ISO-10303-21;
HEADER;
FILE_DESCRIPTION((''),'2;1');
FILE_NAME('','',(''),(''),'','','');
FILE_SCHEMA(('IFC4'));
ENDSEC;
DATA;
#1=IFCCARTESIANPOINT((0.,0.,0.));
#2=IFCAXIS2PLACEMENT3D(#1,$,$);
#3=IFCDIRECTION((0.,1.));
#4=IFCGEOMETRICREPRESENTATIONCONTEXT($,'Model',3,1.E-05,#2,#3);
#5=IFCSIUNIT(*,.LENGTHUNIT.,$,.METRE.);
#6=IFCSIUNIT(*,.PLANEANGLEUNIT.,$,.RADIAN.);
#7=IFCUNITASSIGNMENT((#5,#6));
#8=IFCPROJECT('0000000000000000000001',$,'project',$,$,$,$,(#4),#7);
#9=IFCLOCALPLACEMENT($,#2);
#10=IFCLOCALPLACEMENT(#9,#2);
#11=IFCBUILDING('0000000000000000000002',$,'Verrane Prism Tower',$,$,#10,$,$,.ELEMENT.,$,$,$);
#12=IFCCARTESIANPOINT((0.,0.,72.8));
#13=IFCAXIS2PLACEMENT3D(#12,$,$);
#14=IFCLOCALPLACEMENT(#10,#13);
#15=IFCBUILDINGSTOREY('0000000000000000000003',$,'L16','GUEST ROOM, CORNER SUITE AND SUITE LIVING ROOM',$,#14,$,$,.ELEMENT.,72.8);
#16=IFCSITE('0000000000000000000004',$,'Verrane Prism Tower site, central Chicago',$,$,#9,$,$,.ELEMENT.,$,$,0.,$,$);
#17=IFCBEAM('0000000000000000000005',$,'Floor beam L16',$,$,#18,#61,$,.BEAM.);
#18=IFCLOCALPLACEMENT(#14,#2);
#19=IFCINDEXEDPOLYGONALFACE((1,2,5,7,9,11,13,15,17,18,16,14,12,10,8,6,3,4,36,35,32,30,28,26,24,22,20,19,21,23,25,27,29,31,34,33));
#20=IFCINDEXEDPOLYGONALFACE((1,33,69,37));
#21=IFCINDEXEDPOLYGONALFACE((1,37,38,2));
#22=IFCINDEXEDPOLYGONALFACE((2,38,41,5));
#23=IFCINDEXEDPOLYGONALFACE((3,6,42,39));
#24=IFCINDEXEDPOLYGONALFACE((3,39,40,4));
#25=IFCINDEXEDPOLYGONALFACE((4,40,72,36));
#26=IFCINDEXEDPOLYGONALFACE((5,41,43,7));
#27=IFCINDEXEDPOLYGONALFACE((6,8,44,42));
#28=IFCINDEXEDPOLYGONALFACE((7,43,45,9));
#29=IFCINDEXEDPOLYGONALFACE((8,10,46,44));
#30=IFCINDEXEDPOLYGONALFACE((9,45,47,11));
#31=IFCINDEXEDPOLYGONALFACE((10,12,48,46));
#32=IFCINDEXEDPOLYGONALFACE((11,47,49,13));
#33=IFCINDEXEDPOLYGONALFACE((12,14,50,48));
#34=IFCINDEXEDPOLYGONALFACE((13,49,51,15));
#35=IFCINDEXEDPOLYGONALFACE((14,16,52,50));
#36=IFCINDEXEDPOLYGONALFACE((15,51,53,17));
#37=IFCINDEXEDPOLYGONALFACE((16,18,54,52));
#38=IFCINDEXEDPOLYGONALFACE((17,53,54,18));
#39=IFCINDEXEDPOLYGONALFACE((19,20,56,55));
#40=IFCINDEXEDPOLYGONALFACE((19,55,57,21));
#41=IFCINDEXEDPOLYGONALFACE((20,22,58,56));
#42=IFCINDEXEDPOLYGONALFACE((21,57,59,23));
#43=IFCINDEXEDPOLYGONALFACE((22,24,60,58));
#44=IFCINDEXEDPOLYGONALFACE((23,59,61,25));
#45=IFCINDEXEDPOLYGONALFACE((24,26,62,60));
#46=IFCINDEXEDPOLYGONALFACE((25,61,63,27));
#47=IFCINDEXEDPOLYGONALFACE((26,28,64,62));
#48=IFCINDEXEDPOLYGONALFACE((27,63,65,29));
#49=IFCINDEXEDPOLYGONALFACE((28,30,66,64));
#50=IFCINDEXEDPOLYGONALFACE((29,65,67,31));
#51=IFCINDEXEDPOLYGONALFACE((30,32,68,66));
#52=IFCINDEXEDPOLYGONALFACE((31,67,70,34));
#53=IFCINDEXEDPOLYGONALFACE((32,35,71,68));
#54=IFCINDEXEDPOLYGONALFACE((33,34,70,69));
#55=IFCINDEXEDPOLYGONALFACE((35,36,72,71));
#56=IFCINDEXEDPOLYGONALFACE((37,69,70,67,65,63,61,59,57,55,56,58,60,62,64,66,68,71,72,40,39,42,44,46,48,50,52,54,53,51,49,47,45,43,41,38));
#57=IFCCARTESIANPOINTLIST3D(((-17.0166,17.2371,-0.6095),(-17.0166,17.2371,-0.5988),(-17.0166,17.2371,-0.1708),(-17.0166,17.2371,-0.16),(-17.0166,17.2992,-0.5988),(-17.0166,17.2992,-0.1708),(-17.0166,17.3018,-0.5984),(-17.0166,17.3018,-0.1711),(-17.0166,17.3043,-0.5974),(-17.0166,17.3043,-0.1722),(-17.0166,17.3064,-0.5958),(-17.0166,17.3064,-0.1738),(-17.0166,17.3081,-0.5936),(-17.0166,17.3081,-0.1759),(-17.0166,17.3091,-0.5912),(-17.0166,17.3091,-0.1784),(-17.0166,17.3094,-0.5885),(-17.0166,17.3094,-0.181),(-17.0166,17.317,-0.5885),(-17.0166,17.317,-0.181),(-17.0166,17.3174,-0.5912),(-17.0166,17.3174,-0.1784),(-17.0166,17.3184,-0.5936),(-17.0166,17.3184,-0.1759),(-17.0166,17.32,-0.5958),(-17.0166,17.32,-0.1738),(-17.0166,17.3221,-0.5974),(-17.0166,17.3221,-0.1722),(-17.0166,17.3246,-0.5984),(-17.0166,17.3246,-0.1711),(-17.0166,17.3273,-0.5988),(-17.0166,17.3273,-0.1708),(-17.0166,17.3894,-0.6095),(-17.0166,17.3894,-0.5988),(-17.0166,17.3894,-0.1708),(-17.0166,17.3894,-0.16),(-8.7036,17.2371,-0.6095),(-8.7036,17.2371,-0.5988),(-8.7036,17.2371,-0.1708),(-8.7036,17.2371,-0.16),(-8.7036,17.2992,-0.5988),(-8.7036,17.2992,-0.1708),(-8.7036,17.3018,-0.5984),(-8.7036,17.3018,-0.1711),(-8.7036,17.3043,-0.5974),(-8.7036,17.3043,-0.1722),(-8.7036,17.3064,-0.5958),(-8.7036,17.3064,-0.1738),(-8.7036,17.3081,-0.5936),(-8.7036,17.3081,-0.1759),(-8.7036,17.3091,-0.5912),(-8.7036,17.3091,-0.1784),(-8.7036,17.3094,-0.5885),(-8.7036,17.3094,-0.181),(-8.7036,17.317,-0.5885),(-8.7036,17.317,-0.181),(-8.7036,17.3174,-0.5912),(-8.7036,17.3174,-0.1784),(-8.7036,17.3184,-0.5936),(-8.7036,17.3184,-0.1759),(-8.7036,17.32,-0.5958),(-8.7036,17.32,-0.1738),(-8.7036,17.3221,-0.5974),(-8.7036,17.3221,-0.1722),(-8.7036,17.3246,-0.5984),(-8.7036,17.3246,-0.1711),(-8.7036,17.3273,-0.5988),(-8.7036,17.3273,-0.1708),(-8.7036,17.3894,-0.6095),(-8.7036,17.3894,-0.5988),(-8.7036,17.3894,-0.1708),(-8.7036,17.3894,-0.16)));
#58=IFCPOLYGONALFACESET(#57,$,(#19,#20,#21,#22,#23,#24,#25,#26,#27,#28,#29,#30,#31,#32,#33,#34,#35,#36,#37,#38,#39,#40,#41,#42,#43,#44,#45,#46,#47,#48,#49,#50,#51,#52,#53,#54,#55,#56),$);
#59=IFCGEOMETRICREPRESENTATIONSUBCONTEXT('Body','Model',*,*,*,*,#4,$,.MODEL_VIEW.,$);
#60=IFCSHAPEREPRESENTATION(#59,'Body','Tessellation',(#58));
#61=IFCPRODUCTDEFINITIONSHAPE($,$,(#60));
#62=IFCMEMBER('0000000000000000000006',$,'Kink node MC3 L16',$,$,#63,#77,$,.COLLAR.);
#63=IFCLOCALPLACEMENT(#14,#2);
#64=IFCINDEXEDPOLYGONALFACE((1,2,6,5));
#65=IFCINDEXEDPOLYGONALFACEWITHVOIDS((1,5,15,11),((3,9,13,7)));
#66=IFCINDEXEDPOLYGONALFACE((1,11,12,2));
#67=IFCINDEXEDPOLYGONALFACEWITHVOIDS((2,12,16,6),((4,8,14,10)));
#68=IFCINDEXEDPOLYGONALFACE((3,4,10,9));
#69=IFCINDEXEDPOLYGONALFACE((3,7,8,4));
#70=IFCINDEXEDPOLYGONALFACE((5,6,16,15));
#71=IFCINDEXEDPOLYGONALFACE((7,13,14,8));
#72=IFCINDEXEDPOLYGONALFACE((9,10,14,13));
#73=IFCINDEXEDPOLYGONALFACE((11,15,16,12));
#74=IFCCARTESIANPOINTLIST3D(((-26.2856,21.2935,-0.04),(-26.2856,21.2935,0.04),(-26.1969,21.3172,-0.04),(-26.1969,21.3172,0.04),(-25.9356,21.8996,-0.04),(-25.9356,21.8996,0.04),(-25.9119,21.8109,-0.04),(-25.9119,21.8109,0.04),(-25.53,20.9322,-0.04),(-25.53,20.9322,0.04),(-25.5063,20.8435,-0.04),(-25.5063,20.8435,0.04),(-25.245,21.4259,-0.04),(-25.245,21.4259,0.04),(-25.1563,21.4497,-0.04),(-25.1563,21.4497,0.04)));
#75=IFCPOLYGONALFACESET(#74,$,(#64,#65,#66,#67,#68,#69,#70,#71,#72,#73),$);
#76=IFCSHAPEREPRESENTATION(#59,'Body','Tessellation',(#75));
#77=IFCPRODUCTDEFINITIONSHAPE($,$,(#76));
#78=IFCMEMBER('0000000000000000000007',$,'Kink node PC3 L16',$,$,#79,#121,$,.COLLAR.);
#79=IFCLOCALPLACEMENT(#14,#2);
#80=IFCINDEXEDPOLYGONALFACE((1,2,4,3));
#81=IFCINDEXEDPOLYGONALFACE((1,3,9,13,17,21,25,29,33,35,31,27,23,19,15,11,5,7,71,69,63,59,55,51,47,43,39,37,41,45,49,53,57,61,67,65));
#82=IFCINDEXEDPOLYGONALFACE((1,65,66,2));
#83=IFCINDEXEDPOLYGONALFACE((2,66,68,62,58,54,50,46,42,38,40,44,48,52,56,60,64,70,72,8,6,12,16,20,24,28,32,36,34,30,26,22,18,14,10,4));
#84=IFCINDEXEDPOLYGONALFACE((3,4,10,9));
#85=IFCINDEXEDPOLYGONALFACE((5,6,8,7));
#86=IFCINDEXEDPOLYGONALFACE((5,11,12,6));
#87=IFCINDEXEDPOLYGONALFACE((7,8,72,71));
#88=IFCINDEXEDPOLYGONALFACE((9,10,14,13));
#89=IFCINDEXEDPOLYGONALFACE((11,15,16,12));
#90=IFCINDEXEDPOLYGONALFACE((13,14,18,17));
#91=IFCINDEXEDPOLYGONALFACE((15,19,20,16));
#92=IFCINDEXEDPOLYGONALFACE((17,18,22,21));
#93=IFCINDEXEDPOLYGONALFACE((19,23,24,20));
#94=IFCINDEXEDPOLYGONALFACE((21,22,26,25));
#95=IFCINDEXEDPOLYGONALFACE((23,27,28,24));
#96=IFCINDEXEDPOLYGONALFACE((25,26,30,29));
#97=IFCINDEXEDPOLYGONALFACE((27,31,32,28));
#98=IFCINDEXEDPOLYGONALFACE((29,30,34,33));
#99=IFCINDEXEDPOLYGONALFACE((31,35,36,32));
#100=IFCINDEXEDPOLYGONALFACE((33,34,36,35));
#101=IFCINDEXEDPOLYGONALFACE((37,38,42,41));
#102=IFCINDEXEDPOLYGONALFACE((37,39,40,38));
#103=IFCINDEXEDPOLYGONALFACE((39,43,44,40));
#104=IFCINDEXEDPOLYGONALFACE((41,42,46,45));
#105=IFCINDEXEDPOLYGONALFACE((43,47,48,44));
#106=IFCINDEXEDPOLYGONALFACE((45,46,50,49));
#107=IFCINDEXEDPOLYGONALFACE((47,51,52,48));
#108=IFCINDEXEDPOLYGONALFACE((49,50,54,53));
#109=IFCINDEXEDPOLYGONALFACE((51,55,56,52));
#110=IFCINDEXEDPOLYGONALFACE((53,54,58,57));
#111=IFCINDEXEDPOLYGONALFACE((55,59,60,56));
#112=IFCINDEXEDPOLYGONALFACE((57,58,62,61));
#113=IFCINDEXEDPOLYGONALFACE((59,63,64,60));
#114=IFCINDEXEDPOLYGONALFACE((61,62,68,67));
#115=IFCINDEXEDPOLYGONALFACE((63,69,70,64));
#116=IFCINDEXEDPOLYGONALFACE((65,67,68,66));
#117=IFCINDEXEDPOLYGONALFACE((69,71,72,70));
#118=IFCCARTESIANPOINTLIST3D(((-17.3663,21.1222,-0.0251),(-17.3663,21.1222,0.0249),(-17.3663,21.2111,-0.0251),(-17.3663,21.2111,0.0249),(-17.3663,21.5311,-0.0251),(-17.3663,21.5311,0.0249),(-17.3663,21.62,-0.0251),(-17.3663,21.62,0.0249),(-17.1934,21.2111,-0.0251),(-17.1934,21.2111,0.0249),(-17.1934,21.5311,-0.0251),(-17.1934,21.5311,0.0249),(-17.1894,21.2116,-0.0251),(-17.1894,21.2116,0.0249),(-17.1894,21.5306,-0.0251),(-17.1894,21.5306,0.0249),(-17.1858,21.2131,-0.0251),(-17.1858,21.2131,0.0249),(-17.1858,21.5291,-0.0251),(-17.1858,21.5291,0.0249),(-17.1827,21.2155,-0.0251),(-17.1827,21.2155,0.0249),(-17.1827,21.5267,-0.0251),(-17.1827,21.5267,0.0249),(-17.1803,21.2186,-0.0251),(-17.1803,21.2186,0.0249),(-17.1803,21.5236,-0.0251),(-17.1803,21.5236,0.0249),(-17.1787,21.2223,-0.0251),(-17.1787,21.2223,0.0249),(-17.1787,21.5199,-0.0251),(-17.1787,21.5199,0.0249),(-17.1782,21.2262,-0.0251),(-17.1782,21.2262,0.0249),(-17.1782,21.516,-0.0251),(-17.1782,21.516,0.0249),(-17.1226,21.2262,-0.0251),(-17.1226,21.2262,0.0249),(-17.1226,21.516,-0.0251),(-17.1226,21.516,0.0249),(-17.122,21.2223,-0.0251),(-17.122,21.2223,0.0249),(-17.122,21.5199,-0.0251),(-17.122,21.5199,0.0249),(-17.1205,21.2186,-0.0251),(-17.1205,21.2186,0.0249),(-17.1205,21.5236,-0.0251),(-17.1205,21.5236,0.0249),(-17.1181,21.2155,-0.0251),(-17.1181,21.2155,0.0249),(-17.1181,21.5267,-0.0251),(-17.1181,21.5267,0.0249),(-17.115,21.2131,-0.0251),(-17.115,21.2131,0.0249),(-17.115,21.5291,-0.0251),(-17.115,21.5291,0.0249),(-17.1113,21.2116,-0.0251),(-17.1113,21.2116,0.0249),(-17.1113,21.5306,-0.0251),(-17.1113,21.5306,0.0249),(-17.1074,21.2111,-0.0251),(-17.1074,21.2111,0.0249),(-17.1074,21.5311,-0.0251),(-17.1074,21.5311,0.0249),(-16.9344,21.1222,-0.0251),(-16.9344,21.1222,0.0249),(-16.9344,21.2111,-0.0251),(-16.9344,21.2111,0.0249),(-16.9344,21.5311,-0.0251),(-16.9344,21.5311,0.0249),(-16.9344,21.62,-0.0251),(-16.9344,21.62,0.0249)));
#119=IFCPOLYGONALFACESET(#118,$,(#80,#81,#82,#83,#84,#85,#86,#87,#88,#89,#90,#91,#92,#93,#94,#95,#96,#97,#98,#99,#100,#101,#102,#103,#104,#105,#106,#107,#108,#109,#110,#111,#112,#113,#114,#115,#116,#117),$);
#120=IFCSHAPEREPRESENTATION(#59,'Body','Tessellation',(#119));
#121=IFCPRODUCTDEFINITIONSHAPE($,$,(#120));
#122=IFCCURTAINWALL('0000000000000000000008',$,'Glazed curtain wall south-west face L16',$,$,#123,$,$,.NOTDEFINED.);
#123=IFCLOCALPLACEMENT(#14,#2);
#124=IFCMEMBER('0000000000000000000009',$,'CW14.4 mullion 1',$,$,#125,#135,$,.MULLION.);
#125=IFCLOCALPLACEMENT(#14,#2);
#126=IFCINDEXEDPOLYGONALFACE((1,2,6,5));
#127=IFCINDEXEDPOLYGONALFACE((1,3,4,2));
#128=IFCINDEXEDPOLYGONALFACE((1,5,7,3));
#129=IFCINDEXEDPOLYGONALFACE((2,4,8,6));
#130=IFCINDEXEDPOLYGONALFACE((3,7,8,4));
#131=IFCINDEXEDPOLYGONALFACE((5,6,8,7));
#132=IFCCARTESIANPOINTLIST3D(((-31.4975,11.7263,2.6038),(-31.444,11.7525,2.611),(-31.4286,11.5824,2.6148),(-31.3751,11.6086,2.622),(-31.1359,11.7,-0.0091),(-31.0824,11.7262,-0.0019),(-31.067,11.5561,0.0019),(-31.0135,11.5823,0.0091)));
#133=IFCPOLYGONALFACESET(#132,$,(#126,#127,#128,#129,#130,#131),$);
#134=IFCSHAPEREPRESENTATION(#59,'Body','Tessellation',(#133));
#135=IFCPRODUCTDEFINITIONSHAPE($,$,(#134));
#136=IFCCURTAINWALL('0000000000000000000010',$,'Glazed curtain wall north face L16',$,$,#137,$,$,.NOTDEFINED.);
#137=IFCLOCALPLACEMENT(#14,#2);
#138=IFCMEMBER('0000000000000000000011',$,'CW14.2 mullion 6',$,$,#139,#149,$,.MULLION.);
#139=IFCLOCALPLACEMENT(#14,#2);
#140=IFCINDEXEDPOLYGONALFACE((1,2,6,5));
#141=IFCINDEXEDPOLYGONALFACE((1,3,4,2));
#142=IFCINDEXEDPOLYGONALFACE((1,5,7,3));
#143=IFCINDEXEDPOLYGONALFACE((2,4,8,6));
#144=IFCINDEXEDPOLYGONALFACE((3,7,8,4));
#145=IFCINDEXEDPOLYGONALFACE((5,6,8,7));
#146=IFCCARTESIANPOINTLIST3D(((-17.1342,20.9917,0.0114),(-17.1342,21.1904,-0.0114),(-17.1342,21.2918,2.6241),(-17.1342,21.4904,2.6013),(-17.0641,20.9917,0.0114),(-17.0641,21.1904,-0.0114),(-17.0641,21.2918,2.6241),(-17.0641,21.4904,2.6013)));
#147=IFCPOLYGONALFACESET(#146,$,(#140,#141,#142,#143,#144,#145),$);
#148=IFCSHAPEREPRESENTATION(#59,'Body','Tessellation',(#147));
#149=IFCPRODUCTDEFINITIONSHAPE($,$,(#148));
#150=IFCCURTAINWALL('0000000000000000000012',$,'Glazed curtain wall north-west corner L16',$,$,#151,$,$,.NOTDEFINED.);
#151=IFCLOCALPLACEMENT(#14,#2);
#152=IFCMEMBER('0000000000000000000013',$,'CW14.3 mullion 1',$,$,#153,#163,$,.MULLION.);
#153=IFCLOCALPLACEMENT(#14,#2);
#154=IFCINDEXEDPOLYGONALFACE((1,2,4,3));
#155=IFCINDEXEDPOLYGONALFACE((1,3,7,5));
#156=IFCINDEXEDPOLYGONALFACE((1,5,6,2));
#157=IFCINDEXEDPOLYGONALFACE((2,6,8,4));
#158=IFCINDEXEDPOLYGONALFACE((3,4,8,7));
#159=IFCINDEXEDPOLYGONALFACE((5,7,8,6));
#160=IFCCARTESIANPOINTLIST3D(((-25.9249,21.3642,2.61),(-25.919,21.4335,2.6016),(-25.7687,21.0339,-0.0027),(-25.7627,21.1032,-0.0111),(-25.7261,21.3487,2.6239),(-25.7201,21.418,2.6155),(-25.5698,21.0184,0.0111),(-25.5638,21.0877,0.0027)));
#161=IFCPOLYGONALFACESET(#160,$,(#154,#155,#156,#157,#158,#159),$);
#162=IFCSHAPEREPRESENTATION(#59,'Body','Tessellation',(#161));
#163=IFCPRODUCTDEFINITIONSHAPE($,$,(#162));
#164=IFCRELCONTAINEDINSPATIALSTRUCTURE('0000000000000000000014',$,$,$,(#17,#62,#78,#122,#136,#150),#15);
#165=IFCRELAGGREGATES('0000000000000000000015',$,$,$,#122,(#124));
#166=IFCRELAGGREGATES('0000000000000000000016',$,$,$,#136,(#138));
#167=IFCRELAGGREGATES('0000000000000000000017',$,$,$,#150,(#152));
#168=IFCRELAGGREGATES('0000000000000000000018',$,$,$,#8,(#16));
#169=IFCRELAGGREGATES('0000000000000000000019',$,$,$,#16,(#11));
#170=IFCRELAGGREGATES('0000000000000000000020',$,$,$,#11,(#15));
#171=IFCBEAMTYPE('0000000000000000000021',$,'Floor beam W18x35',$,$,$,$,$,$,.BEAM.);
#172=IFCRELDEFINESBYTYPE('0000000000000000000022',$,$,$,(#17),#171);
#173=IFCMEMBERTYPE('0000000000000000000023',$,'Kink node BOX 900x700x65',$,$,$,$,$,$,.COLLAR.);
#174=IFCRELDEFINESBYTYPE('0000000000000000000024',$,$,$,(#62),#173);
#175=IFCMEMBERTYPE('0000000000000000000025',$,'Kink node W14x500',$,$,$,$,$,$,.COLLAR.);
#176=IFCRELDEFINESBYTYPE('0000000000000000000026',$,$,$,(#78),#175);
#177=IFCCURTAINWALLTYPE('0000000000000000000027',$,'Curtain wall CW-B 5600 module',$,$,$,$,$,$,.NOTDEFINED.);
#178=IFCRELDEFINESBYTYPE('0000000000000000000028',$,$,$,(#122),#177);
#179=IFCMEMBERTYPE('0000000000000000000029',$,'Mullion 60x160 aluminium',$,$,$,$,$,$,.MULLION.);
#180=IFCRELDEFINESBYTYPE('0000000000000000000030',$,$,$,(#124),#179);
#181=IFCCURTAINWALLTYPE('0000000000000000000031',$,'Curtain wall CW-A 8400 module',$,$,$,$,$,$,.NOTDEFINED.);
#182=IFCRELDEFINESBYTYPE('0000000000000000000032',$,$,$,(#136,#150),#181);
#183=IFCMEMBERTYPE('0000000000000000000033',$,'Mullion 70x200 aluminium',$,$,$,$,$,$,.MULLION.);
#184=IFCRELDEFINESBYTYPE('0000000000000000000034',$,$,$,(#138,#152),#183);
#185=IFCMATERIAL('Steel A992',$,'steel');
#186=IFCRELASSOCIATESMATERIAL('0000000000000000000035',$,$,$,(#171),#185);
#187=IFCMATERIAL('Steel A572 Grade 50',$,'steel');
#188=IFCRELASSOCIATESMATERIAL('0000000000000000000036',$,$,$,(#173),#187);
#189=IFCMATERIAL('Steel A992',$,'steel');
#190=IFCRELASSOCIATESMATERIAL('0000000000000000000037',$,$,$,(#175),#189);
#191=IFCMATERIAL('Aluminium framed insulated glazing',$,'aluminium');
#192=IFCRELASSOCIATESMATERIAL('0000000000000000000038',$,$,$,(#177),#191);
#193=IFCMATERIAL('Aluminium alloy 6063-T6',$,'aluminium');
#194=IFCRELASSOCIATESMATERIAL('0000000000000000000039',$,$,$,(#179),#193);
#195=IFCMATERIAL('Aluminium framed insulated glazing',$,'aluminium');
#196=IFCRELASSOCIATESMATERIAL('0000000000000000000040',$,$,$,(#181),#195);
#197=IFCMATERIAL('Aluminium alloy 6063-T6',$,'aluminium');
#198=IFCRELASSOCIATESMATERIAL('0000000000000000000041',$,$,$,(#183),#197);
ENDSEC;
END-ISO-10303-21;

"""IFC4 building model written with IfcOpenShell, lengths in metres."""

from ifc_helpers import new_model, si_unit, direction, frame, origin, origin_2d, place, context, subcontext, project, spatial, rectangle, hollow_rectangle, i_section, extrude, material, material_profile, profile_set, type_object, element, aggregate, save


model = new_model("IFC4")

# Units and contexts
model_context = context("Model", 3, precision=1e-05, world=origin(), true_north=direction((0.0, 1.0)))
body_context = subcontext(model_context, "Body", "Model", "MODEL_VIEW")
ifc_project = project(units=[si_unit("LENGTHUNIT", "METRE"), si_unit("PLANEANGLEUNIT", "RADIAN")], contexts=[model_context])

# Site, building, storey
site_placement = place(None, origin())
site = spatial("IfcSite", under=ifc_project, at=site_placement, Name="Verrane Prism Tower site, central Chicago", CompositionType="ELEMENT", RefElevation=0.0)
building_placement = place(site_placement, origin())
building = spatial("IfcBuilding", under=site, at=building_placement, Name="Verrane Prism Tower", CompositionType="ELEMENT")
storey_placement = place(building_placement, frame((0.0, 0.0, 72.8)))
storey = spatial("IfcBuildingStorey", under=building, at=storey_placement, Name="L16", Description="GUEST ROOM, CORNER SUITE AND SUITE LIVING ROOM", CompositionType="ELEMENT", Elevation=72.8)

# Beam
ifc_material_1 = material(Name="Steel A992", Category="steel")
ifc_material_profile_1 = material_profile(ifc_material_1, i_section(OverallWidth=0.1523, OverallDepth=0.4495, WebThickness=0.0076, FlangeThickness=0.0107, FilletRadius=0.0103, at=origin_2d()), Name="W18x35")
ifc_profile_set_1 = profile_set([ifc_material_profile_1], Name="Steel A992")
beam_type_1 = type_object("IfcBeamType", Name="Floor beam W18x35", PredefinedType="BEAM", material=ifc_profile_set_1)
for number, where, z_axis, x_axis, name in (
    (1, (-17.0166, 17.3132, -0.3848), (1.0, 0.0, 0.0), (0.0, 1.0, 0.0), "Floor beam L16"),
):
    element("IfcBeam", number, at=place(storey_placement, frame(where, z_axis=z_axis, x_axis=x_axis)), inside=storey, type_object=beam_type_1, Name=name, PredefinedType="BEAM", context=body_context, shape_type="SweptSolid", body=[
        extrude(i_section(OverallWidth=0.1523, OverallDepth=0.4495, WebThickness=0.0076, FlangeThickness=0.0107, FilletRadius=0.0103, at=origin_2d()), origin(), (0.0, 0.0, 1.0), 8.313),
    ])

# Members
ifc_material_2 = material(Name="Steel A572 Grade 50", Category="steel")
ifc_material_profile_2 = material_profile(ifc_material_2, hollow_rectangle(XDim=0.7, YDim=0.8999, WallThickness=0.0649, at=origin_2d()), Name="BOX 900x700x65")
ifc_profile_set_2 = profile_set([ifc_material_profile_2], Name="Steel A572 Grade 50")
member_type_1 = type_object("IfcMemberType", Name="Kink node BOX 900x700x65", PredefinedType="COLLAR", material=ifc_profile_set_2)
member_1_placement = place(storey_placement, frame((-25.7209, 21.3716, -0.04), z_axis=(0.0, 0.0, 1.0), x_axis=(0.5, 0.866025, 0.0)))
element("IfcMember", 2, at=member_1_placement, inside=storey, type_object=member_type_1, Name="Kink node MC3 L16", PredefinedType="COLLAR", context=body_context, shape_type="SweptSolid", body=[
    extrude(hollow_rectangle(XDim=0.7, YDim=0.8999, WallThickness=0.0649, at=origin_2d()), origin(), (0.0, 0.0, 1.0), 0.0801),
])
ifc_material_3 = material(Name="Steel A992", Category="steel")
ifc_material_profile_3 = material_profile(ifc_material_3, i_section(OverallWidth=0.4319, OverallDepth=0.4978, WebThickness=0.0557, FlangeThickness=0.0889, FilletRadius=0.0151, at=origin_2d()), Name="W14x500")
ifc_profile_set_3 = profile_set([ifc_material_profile_3], Name="Steel A992")
member_type_2 = type_object("IfcMemberType", Name="Kink node W14x500", PredefinedType="COLLAR", material=ifc_profile_set_3)
member_2_placement = place(storey_placement, frame((-17.1504, 21.3711, -0.0251), z_axis=(0.0, 0.0, 1.0), x_axis=(1.0, 0.0, 0.0)))
element("IfcMember", 3, at=member_2_placement, inside=storey, type_object=member_type_2, Name="Kink node PC3 L16", PredefinedType="COLLAR", context=body_context, shape_type="SweptSolid", body=[
    extrude(i_section(OverallWidth=0.4319, OverallDepth=0.4978, WebThickness=0.0557, FlangeThickness=0.0889, FilletRadius=0.0151, at=origin_2d()), origin(), (0.0, 0.0, 1.0), 0.05),
])

# Curtain walls, members
ifc_material_4 = material(Name="Aluminium framed insulated glazing", Category="aluminium")
curtain_wall_type_1 = type_object("IfcCurtainWallType", Name="Curtain wall CW-B 5600 module", PredefinedType="NOTDEFINED", material=ifc_material_4)
curtain_wall_1_placement = place(storey_placement, origin())
curtain_wall_1 = element("IfcCurtainWall", 4, at=curtain_wall_1_placement, inside=storey, type_object=curtain_wall_type_1, Name="Glazed curtain wall south-west face L16", PredefinedType="NOTDEFINED")
ifc_material_5 = material(Name="Aluminium alloy 6063-T6", Category="aluminium")
ifc_material_profile_4 = material_profile(ifc_material_5, rectangle(XDim=0.1599, YDim=0.0601, at=origin_2d()), Name="Mullion 60x160 aluminium")
ifc_profile_set_4 = profile_set([ifc_material_profile_4], Name="Aluminium alloy 6063-T6")
member_type_3 = type_object("IfcMemberType", Name="Mullion 60x160 aluminium", PredefinedType="MULLION", material=ifc_profile_set_4)
member_3_placement = place(storey_placement, frame((-31.0747, 11.6411, 0.0), z_axis=(-0.137072, 0.009996, 0.990511), x_axis=(0.430957, -0.899752, 0.068718)))
member_3 = element("IfcMember", 5, at=member_3_placement, type_object=member_type_3, Name="CW14.4 mullion 1", PredefinedType="MULLION", context=body_context, shape_type="SweptSolid", body=[
    extrude(rectangle(XDim=0.1599, YDim=0.0601, at=origin_2d()), origin(), (0.0, 0.0, 1.0), 2.6379),
])
ifc_material_6 = material(Name="Aluminium framed insulated glazing", Category="aluminium")
curtain_wall_type_2 = type_object("IfcCurtainWallType", Name="Curtain wall CW-A 8400 module", PredefinedType="NOTDEFINED", material=ifc_material_6)
curtain_wall_2_placement = place(storey_placement, origin())
curtain_wall_2 = element("IfcCurtainWall", 6, at=curtain_wall_2_placement, inside=storey, type_object=curtain_wall_type_2, Name="Glazed curtain wall north face L16", PredefinedType="NOTDEFINED")
ifc_material_7 = material(Name="Aluminium alloy 6063-T6", Category="aluminium")
ifc_material_profile_5 = material_profile(ifc_material_7, rectangle(XDim=0.2, YDim=0.0701, at=origin_2d()), Name="Mullion 70x200 aluminium")
ifc_profile_set_5 = profile_set([ifc_material_profile_5], Name="Aluminium alloy 6063-T6")
member_type_4 = type_object("IfcMemberType", Name="Mullion 70x200 aluminium", PredefinedType="MULLION", material=ifc_profile_set_5)
member_4_placement = place(storey_placement, frame((-17.0991, 21.0911, 0.0), z_axis=(0.0, 0.114089, 0.993471), x_axis=(0.0, 0.993471, -0.114089)))
member_4 = element("IfcMember", 7, at=member_4_placement, type_object=member_type_4, Name="CW14.2 mullion 6", PredefinedType="MULLION", context=body_context, shape_type="SweptSolid", body=[
    extrude(rectangle(XDim=0.2, YDim=0.0701, at=origin_2d()), origin(), (0.0, 0.0, 1.0), 2.6299),
])
curtain_wall_3_placement = place(storey_placement, origin())
curtain_wall_3 = element("IfcCurtainWall", 8, at=curtain_wall_3_placement, inside=storey, type_object=curtain_wall_type_2, Name="Glazed curtain wall north-west corner L16", PredefinedType="NOTDEFINED")
member_5_placement = place(storey_placement, frame((-25.6663, 21.0608, 0.0), z_axis=(-0.059225, 0.125206, 0.990361), x_axis=(-0.994599, 0.077313, -0.069253)))
member_5 = element("IfcMember", 9, at=member_5_placement, type_object=member_type_4, Name="CW14.3 mullion 1", PredefinedType="MULLION", context=body_context, shape_type="SweptSolid", body=[
    extrude(rectangle(XDim=0.2, YDim=0.0701, at=origin_2d()), origin(), (0.0, 0.0, 1.0), 2.6382),
])

aggregate(curtain_wall_1, [member_3])
aggregate(curtain_wall_2, [member_4])
aggregate(curtain_wall_3, [member_5])

save(model, "model.ifc")
